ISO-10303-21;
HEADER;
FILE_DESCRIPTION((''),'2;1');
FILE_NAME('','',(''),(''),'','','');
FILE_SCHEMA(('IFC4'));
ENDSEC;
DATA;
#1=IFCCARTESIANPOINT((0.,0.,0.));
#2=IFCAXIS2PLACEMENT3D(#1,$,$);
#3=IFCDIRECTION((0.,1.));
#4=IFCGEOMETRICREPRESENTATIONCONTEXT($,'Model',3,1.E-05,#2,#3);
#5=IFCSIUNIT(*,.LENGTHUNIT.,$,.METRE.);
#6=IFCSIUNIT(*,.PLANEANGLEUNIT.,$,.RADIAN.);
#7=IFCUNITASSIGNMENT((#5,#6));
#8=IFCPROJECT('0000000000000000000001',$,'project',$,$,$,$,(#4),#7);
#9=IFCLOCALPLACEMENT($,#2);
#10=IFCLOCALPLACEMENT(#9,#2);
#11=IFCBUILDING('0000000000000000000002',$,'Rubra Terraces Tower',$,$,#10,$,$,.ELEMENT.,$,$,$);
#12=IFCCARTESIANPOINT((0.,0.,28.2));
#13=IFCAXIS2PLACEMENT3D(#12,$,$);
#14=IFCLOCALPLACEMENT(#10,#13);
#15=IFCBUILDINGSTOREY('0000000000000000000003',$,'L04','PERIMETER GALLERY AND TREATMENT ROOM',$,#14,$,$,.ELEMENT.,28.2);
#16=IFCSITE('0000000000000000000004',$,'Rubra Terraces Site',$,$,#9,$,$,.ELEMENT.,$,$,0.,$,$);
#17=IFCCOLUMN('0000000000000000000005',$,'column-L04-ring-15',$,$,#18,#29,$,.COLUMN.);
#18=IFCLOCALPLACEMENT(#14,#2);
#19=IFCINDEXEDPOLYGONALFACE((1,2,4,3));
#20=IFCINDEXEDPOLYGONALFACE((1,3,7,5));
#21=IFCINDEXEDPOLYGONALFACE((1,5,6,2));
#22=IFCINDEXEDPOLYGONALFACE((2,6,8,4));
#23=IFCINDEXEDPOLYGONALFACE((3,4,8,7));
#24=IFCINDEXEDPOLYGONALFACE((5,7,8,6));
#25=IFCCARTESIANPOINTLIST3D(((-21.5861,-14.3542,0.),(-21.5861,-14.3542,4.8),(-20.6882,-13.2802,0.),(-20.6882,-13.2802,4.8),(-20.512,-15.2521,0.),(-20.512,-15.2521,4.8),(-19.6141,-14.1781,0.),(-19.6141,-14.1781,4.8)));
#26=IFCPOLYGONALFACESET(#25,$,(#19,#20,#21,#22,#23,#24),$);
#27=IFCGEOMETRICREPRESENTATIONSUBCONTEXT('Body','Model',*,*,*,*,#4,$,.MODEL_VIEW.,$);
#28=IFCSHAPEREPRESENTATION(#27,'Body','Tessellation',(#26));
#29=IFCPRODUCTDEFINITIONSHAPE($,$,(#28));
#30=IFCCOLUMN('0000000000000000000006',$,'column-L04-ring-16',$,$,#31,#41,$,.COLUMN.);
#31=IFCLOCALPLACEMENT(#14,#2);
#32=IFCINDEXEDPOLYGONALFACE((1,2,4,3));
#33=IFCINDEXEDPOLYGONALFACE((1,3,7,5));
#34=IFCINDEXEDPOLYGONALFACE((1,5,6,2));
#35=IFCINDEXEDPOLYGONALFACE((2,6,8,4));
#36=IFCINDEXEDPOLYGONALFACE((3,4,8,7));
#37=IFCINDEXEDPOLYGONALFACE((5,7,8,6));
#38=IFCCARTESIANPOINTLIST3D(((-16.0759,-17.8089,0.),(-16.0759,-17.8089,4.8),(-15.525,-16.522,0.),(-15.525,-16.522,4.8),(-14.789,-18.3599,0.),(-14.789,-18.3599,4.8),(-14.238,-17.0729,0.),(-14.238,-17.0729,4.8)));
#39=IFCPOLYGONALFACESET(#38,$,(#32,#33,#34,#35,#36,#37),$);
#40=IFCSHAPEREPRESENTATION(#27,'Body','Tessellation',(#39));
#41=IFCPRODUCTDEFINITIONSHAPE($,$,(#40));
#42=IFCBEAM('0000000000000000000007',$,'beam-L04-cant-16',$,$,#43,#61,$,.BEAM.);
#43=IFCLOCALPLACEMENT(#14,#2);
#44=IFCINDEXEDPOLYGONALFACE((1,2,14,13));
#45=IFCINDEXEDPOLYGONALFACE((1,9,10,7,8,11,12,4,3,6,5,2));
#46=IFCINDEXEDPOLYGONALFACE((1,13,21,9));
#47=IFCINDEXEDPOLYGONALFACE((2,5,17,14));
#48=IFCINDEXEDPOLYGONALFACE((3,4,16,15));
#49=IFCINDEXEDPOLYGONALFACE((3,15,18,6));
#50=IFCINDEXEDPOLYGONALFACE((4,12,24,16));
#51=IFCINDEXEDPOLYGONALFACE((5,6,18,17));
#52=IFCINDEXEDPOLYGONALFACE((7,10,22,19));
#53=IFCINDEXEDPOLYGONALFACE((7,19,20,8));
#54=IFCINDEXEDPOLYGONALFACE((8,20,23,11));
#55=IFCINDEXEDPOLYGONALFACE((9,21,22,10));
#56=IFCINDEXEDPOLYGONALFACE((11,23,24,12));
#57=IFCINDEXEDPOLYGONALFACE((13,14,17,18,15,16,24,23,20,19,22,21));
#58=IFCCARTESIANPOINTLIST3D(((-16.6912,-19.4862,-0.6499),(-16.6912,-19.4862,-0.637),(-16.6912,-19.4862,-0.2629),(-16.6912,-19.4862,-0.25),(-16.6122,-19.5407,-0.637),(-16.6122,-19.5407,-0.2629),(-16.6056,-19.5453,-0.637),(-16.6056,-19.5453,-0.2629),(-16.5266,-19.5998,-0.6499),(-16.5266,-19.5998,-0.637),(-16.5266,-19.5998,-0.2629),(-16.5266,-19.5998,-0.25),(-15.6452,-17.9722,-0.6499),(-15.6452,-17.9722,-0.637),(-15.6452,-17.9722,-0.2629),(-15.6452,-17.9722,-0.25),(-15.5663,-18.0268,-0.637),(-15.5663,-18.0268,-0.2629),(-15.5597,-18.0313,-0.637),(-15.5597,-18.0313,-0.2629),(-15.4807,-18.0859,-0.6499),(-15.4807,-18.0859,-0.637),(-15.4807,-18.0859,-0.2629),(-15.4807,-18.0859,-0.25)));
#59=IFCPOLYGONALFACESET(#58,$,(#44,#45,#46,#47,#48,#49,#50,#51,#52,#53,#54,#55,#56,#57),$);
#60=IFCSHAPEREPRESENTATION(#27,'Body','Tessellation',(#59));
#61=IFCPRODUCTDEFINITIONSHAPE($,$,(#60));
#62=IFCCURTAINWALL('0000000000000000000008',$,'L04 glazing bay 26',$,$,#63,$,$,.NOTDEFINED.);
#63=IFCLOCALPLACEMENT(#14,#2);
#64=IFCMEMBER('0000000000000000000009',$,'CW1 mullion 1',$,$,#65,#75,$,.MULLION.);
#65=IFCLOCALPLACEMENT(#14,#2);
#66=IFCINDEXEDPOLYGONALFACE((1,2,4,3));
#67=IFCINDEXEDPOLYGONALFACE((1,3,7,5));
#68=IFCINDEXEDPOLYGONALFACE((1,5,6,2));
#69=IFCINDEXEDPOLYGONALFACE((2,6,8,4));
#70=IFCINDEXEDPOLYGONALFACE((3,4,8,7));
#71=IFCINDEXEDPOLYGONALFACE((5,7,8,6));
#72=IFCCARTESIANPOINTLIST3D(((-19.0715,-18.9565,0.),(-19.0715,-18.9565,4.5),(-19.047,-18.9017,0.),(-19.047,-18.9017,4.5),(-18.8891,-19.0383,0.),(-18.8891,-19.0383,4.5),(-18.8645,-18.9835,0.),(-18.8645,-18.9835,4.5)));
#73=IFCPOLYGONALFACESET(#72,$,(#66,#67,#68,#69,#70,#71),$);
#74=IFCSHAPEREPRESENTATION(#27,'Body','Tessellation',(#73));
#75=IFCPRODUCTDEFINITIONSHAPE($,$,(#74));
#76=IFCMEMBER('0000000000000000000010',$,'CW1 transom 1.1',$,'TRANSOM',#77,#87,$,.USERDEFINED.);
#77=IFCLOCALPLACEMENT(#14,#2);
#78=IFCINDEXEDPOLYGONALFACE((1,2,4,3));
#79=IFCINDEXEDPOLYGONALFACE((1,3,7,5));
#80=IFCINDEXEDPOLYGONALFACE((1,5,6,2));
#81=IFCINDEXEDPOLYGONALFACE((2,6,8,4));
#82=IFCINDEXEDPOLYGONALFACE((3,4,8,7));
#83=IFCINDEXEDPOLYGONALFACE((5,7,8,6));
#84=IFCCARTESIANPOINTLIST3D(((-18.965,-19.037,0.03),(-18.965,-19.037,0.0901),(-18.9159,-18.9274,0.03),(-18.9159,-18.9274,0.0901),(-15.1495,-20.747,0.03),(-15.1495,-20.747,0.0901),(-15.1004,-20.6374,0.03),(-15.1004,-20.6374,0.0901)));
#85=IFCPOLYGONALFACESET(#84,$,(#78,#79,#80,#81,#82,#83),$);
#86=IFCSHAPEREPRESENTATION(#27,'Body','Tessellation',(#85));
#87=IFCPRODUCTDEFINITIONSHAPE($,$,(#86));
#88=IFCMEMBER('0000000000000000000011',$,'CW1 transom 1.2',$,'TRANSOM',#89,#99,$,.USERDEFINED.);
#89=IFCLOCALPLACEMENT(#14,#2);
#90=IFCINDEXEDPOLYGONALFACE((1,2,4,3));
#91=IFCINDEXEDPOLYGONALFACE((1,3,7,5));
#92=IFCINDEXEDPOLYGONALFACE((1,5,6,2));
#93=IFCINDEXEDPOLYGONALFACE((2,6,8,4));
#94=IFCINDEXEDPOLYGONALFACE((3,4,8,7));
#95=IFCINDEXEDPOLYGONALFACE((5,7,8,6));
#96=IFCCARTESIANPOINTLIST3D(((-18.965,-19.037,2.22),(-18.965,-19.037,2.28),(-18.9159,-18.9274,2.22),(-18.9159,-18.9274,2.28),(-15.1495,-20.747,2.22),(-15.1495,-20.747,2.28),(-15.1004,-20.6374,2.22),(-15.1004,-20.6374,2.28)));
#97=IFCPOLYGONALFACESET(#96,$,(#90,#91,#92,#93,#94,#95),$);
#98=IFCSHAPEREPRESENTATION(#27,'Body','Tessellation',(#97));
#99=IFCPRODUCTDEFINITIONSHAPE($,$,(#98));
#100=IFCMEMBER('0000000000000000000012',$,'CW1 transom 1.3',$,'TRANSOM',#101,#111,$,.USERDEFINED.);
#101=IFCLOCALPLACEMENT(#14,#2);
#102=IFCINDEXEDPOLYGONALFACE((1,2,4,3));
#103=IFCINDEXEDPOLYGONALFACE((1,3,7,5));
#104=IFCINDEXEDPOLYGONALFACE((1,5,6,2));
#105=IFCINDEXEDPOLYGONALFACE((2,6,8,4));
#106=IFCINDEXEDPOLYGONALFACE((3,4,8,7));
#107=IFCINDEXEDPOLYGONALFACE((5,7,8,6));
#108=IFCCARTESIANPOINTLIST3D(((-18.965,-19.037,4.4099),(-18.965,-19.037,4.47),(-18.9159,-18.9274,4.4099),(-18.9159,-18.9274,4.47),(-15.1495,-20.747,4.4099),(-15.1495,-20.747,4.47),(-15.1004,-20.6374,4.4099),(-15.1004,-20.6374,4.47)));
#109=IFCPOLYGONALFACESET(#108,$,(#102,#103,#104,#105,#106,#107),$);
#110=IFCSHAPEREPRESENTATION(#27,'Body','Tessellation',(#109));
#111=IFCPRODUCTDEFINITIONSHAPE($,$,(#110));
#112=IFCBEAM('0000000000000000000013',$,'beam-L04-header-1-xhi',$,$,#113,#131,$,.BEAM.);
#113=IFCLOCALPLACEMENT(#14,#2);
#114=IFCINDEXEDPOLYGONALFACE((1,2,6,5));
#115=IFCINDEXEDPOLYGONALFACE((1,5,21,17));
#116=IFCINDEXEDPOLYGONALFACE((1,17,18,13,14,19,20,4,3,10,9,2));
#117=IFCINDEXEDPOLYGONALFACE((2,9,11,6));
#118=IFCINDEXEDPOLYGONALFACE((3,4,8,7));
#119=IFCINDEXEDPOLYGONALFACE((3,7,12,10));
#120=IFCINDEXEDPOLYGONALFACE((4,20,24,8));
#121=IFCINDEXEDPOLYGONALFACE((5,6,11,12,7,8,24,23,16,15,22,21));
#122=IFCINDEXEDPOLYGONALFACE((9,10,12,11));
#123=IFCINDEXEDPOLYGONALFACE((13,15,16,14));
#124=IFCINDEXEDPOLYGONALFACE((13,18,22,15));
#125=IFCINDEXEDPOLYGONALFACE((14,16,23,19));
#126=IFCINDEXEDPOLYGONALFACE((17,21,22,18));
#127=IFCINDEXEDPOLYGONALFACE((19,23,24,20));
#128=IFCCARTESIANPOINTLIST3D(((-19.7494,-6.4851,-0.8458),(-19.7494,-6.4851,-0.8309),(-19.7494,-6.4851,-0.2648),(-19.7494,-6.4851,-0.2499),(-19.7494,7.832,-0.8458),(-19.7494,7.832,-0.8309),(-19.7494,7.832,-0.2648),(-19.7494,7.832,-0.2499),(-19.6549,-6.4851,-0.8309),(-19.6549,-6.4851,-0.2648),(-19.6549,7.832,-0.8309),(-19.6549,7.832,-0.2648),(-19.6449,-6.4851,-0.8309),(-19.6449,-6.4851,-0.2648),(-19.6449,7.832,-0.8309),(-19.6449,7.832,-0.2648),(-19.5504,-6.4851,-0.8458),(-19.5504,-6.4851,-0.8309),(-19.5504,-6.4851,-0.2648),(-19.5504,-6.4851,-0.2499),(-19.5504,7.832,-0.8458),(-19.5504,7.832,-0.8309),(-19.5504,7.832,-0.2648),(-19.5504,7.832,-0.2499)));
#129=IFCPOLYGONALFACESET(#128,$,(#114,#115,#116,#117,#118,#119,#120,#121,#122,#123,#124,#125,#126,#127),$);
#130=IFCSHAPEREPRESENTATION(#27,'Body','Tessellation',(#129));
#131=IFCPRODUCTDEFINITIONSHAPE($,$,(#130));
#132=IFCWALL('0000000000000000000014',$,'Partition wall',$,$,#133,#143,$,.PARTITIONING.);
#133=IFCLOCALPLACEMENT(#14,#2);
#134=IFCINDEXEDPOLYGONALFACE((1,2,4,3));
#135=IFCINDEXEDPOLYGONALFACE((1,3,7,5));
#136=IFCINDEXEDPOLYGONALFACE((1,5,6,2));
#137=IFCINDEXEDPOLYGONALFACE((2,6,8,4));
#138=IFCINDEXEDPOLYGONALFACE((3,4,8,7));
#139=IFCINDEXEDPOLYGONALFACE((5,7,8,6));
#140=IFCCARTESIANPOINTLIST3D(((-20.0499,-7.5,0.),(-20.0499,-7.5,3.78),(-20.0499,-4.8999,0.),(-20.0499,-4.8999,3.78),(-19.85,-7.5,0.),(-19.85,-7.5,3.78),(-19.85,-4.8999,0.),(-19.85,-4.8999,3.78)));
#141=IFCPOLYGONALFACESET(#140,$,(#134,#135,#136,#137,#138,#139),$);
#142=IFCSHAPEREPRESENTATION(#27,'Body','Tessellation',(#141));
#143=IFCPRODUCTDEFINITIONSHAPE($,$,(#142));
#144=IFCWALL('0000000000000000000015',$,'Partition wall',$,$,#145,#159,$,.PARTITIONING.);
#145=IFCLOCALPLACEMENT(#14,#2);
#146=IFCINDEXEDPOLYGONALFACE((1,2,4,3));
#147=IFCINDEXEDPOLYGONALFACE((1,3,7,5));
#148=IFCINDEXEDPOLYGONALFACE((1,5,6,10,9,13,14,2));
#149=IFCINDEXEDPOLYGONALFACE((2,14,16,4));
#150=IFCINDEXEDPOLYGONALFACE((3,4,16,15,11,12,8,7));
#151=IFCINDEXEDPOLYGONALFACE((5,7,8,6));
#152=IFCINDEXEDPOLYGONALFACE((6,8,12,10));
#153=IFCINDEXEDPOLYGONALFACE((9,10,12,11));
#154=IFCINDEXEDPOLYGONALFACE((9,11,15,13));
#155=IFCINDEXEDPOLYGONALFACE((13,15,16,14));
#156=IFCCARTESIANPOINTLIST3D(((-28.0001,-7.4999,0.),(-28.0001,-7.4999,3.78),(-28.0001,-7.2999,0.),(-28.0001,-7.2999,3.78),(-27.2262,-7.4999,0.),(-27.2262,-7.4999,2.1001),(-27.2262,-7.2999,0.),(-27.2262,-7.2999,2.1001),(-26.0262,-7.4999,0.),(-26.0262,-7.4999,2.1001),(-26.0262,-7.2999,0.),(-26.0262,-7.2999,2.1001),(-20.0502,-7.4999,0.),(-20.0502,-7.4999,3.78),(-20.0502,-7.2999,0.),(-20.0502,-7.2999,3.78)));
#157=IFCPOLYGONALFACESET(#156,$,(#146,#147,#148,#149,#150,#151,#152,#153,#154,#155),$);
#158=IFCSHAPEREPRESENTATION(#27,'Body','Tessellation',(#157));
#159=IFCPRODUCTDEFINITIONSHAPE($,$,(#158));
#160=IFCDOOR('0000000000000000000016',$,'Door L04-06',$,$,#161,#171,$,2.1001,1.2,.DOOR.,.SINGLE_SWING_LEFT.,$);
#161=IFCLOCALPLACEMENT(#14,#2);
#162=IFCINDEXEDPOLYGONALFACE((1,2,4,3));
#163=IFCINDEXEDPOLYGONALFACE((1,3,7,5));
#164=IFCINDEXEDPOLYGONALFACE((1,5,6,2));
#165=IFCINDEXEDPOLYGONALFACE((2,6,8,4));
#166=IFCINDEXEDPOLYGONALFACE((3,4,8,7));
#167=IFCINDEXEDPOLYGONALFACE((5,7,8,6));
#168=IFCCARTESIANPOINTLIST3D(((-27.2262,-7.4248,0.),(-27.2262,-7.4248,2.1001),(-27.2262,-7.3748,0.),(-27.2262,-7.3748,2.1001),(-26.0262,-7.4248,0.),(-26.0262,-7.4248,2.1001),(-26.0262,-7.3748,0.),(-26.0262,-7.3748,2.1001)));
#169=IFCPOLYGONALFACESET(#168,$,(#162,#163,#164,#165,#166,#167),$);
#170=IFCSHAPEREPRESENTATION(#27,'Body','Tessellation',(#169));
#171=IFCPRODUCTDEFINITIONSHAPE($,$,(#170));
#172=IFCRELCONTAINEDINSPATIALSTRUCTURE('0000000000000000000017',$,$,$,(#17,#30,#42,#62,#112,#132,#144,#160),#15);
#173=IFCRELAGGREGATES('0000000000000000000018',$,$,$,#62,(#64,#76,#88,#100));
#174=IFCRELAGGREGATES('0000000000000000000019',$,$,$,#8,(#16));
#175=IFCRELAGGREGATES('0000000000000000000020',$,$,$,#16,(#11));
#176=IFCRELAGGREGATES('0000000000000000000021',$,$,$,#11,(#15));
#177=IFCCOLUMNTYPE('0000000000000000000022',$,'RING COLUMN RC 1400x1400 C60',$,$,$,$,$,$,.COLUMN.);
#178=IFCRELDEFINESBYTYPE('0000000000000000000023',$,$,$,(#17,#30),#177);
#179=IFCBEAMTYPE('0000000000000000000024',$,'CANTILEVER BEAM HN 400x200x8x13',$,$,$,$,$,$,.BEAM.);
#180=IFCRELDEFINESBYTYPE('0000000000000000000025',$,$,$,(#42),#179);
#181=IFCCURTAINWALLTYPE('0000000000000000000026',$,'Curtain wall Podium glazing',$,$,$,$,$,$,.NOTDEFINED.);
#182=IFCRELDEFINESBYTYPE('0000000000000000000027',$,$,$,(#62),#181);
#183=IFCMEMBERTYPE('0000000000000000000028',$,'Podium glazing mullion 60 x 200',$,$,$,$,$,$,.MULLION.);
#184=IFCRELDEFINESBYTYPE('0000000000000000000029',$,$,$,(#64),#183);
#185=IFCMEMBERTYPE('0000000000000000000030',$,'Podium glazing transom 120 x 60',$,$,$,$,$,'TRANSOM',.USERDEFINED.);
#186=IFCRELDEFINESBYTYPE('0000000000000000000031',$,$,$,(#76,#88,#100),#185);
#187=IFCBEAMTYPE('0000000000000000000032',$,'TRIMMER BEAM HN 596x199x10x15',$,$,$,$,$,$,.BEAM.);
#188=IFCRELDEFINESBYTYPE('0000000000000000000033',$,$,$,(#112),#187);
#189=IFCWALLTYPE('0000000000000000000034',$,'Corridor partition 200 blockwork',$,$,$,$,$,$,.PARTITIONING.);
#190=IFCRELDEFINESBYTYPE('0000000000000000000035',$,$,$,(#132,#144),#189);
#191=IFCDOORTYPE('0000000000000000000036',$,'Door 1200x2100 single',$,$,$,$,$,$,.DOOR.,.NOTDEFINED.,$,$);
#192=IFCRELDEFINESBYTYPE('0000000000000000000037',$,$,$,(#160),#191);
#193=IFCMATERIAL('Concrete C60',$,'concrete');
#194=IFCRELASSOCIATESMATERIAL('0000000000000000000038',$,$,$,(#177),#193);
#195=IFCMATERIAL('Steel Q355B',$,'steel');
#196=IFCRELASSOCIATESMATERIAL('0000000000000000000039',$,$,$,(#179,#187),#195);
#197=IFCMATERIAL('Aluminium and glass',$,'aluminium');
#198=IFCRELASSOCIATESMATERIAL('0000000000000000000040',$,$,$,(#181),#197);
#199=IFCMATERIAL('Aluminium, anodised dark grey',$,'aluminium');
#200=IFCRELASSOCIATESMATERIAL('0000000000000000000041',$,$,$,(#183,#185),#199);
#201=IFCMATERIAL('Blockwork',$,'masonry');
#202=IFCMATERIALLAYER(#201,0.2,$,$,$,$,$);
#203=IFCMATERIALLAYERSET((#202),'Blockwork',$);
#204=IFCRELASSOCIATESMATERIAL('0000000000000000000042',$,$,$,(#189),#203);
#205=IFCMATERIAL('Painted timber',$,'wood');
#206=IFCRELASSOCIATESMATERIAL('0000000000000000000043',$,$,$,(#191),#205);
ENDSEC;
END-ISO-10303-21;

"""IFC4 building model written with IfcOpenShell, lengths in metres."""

from ifc_helpers import new_model, si_unit, direction, frame, frame_2d, origin, origin_2d, place, context, subcontext, project, spatial, rectangle, i_section, extrude, material, layer, layer_set, material_profile, profile_set, type_object, element, fill, aggregate, save


model = new_model("IFC4")

# Units and contexts
model_context = context("Model", 3, precision=1e-05, world=origin(), true_north=direction((0.0, 1.0)))
body_context = subcontext(model_context, "Body", "Model", "MODEL_VIEW")
ifc_project = project(units=[si_unit("LENGTHUNIT", "METRE"), si_unit("PLANEANGLEUNIT", "RADIAN")], contexts=[model_context])

# Site, building, storey
site_placement = place(None, origin())
site = spatial("IfcSite", under=ifc_project, at=site_placement, Name="Rubra Terraces Site", CompositionType="ELEMENT", RefElevation=0.0)
building_placement = place(site_placement, origin())
building = spatial("IfcBuilding", under=site, at=building_placement, Name="Rubra Terraces Tower", CompositionType="ELEMENT")
storey_placement = place(building_placement, frame((0.0, 0.0, 28.2)))
storey = spatial("IfcBuildingStorey", under=building, at=storey_placement, Name="L04", Description="PERIMETER GALLERY AND TREATMENT ROOM", CompositionType="ELEMENT", Elevation=28.2)

# Columns
ifc_material_1 = material(Name="Concrete C60", Category="concrete")
ifc_material_profile_1 = material_profile(ifc_material_1, rectangle(XDim=1.3999, YDim=1.3999, at=origin_2d()), Name="RC 1400x1400")
ifc_profile_set_1 = profile_set([ifc_material_profile_1], Name="Concrete C60")
column_type = type_object("IfcColumnType", Name="RING COLUMN RC 1400x1400 C60", PredefinedType="COLUMN", material=ifc_profile_set_1)
for number, where, z_axis, x_axis, name in (
    (1, (-20.6001, -14.2661, 0.0), (0.0, 0.0, 1.0), (0.76721, -0.641397, 0.0), "column-L04-ring-15"),
    (2, (-15.157, -17.4409, 0.0), (0.0, 0.0, 1.0), (0.919294, -0.393572, 0.0), "column-L04-ring-16"),
):
    element("IfcColumn", number, at=place(storey_placement, frame(where, z_axis=z_axis, x_axis=x_axis)), inside=storey, type_object=column_type, Name=name, PredefinedType="COLUMN", context=body_context, shape_type="SweptSolid", body=[
        extrude(rectangle(XDim=1.3999, YDim=1.3999, at=origin_2d()), origin(), (0.0, 0.0, 1.0), 4.8),
    ])

# Beam
ifc_material_2 = material(Name="Steel Q355B", Category="steel")
ifc_material_profile_2 = material_profile(ifc_material_2, i_section(OverallWidth=0.2, OverallDepth=0.3999, WebThickness=0.0081, FlangeThickness=0.0129, at=origin_2d()), Name="HN 400x200x8x13")
ifc_profile_set_2 = profile_set([ifc_material_profile_2], Name="Steel Q355B")
beam_type_1 = type_object("IfcBeamType", Name="CANTILEVER BEAM HN 400x200x8x13", PredefinedType="BEAM", material=ifc_profile_set_2)
beam_1_placement = place(storey_placement, frame((-15.563, -18.0291, -0.45), z_axis=(-0.568402, -0.822751, 0.0), x_axis=(0.822751, -0.568402, 0.0)))
element("IfcBeam", 3, at=beam_1_placement, inside=storey, type_object=beam_type_1, Name="beam-L04-cant-16", PredefinedType="BEAM", context=body_context, shape_type="SweptSolid", body=[
    extrude(i_section(OverallWidth=0.2, OverallDepth=0.3999, WebThickness=0.0081, FlangeThickness=0.0129, at=origin_2d()), origin(), (0.0, 0.0, 1.0), 1.8401),
])

# Curtain wall, members
ifc_material_3 = material(Name="Aluminium and glass", Category="aluminium")
curtain_wall_type = type_object("IfcCurtainWallType", Name="Curtain wall Podium glazing", PredefinedType="NOTDEFINED", material=ifc_material_3)
curtain_wall_placement = place(storey_placement, origin())
curtain_wall = element("IfcCurtainWall", 4, at=curtain_wall_placement, inside=storey, type_object=curtain_wall_type, Name="L04 glazing bay 26", PredefinedType="NOTDEFINED")
ifc_material_4 = material(Name="Aluminium, anodised dark grey", Category="aluminium")
ifc_material_profile_3 = material_profile(ifc_material_4, rectangle(XDim=0.0601, YDim=0.2, at=origin_2d()), Name="AL 60x200")
ifc_profile_set_3 = profile_set([ifc_material_profile_3], Name="Aluminium, anodised dark grey")
member_type_1 = type_object("IfcMemberType", Name="Podium glazing mullion 60 x 200", PredefinedType="MULLION", material=ifc_profile_set_3)
member_1_placement = place(storey_placement, frame((-18.968, -18.97, 0.0), z_axis=(0.0, 0.0, 1.0), x_axis=(0.408962, 0.912551, 0.0)))
member_1 = element("IfcMember", 5, at=member_1_placement, type_object=member_type_1, Name="CW1 mullion 1", PredefinedType="MULLION", context=body_context, shape_type="SweptSolid", body=[
    extrude(rectangle(XDim=0.0601, YDim=0.2, at=origin_2d()), origin(), (0.0, 0.0, 1.0), 4.5),
])
ifc_material_profile_4 = material_profile(ifc_material_4, rectangle(XDim=0.1201, YDim=0.0601, at=origin_2d()), Name="AL 120x60")
ifc_profile_set_4 = profile_set([ifc_material_profile_4], Name="Aluminium, anodised dark grey")
member_type_2 = type_object("IfcMemberType", Name="Podium glazing transom 120 x 60", ElementType="TRANSOM", PredefinedType="USERDEFINED", material=ifc_profile_set_4)
member_2_placement = place(storey_placement, frame((-18.9404, -18.9822, 0.0601), z_axis=(0.912545, -0.408975, 0.0), x_axis=(0.408975, 0.912545, 0.0)))
member_2 = element("IfcMember", 6, at=member_2_placement, type_object=member_type_2, Name="CW1 transom 1.1", ObjectType="TRANSOM", PredefinedType="USERDEFINED", context=body_context, shape_type="SweptSolid", body=[
    extrude(rectangle(XDim=0.1201, YDim=0.0601, at=origin_2d()), origin(), (0.0, 0.0, 1.0), 4.1812),
])
member_3_placement = place(storey_placement, frame((-18.9404, -18.9822, 2.25), z_axis=(0.912545, -0.408975, 0.0), x_axis=(0.408975, 0.912545, 0.0)))
member_3 = element("IfcMember", 7, at=member_3_placement, type_object=member_type_2, Name="CW1 transom 1.2", ObjectType="TRANSOM", PredefinedType="USERDEFINED", context=body_context, shape_type="SweptSolid", body=[
    extrude(rectangle(XDim=0.1201, YDim=0.0601, at=origin_2d()), origin(), (0.0, 0.0, 1.0), 4.1812),
])
member_4_placement = place(storey_placement, frame((-18.9404, -18.9822, 4.4399), z_axis=(0.912545, -0.408975, 0.0), x_axis=(0.408975, 0.912545, 0.0)))
member_4 = element("IfcMember", 8, at=member_4_placement, type_object=member_type_2, Name="CW1 transom 1.3", ObjectType="TRANSOM", PredefinedType="USERDEFINED", context=body_context, shape_type="SweptSolid", body=[
    extrude(rectangle(XDim=0.1201, YDim=0.0601, at=origin_2d()), origin(), (0.0, 0.0, 1.0), 4.1812),
])
aggregate(curtain_wall, [member_1, member_2, member_3, member_4])

# Beam
ifc_material_profile_5 = material_profile(ifc_material_2, i_section(OverallWidth=0.199, OverallDepth=0.5959, WebThickness=0.01, FlangeThickness=0.0149, at=origin_2d()), Name="HN 596x199x10x15")
ifc_profile_set_5 = profile_set([ifc_material_profile_5], Name="Steel Q355B")
beam_type_2 = type_object("IfcBeamType", Name="TRIMMER BEAM HN 596x199x10x15", PredefinedType="BEAM", material=ifc_profile_set_5)
beam_2_placement = place(storey_placement, frame((-19.6499, -6.4851, -0.5479), z_axis=(0.0, 1.0, 0.0), x_axis=(-1.0, 0.0, 0.0)))
element("IfcBeam", 9, at=beam_2_placement, inside=storey, type_object=beam_type_2, Name="beam-L04-header-1-xhi", PredefinedType="BEAM", context=body_context, shape_type="SweptSolid", body=[
    extrude(i_section(OverallWidth=0.199, OverallDepth=0.5959, WebThickness=0.01, FlangeThickness=0.0149, at=origin_2d()), origin(), (0.0, 0.0, 1.0), 14.3171),
])

# Wall
ifc_material_5 = material(Name="Blockwork", Category="masonry")
ifc_layer = layer(ifc_material_5, 0.2)
ifc_layer_set = layer_set([ifc_layer], Name="Blockwork")
wall_type = type_object("IfcWallType", Name="Corridor partition 200 blockwork", PredefinedType="PARTITIONING", material=ifc_layer_set)
wall_1_placement = place(storey_placement, frame((-19.95, -4.8999, 0.0), z_axis=(0.0, 0.0, 1.0), x_axis=(0.0, -1.0, 0.0)))
element("IfcWall", 10, at=wall_1_placement, inside=storey, type_object=wall_type, Name="Partition wall", PredefinedType="PARTITIONING", context=body_context, shape_type="SweptSolid", body=[
    extrude(rectangle(XDim=2.6001, YDim=0.2, at=frame_2d((1.3, 0.0))), origin(), (0.0, 0.0, 1.0), 3.78),
])

# Wall, opening, door
wall_2_placement = place(storey_placement, frame((-20.05, -7.3999, 0.0), z_axis=(0.0, 0.0, 1.0), x_axis=(-1.0, 0.0, 0.0)))
wall_2 = element("IfcWall", 11, at=wall_2_placement, inside=storey, type_object=wall_type, Name="Partition wall", PredefinedType="PARTITIONING", context=body_context, shape_type="SweptSolid", body=[
    extrude(rectangle(XDim=7.95, YDim=0.2, at=frame_2d((3.9751, 0.0))), origin(), (0.0, 0.0, 1.0), 3.78),
])
opening_1_placement = place(wall_2_placement, frame((5.9761, 0.0, 0.0)))
opening_1 = element("IfcOpeningElement", 12, at=opening_1_placement, cuts=wall_2, PredefinedType="OPENING", context=body_context, shape_type="SweptSolid", body=[
    extrude(rectangle(XDim=1.2, YDim=2.1001, at=frame_2d((0.6001, 1.05))), frame((0.0, 0.1099, 0.0), z_axis=(0.0, -1.0, 0.0), x_axis=(1.0, 0.0, 0.0)), (0.0, 0.0, 1.0), 0.22),
])
ifc_material_6 = material(Name="Painted timber", Category="wood")
door_type_1 = type_object("IfcDoorType", Name="Door 1200x2100 single", OperationType="NOTDEFINED", PredefinedType="DOOR", material=ifc_material_6)
door_1_placement = place(opening_1_placement, origin())
door_1 = element("IfcDoor", 13, at=door_1_placement, inside=storey, type_object=door_type_1, Name="Door L04-06", OperationType="SINGLE_SWING_LEFT", OverallHeight=2.1001, OverallWidth=1.2, PredefinedType="DOOR", context=body_context, shape_type="SweptSolid", body=[
    extrude(rectangle(XDim=1.2, YDim=2.1001, at=frame_2d((0.6001, 1.05))), frame((0.0, 0.0249, 0.0), z_axis=(0.0, -1.0, 0.0), x_axis=(1.0, 0.0, 0.0)), (0.0, 0.0, 1.0), 0.05),
])
fill(opening_1, door_1)

save(model, "model.ifc")
